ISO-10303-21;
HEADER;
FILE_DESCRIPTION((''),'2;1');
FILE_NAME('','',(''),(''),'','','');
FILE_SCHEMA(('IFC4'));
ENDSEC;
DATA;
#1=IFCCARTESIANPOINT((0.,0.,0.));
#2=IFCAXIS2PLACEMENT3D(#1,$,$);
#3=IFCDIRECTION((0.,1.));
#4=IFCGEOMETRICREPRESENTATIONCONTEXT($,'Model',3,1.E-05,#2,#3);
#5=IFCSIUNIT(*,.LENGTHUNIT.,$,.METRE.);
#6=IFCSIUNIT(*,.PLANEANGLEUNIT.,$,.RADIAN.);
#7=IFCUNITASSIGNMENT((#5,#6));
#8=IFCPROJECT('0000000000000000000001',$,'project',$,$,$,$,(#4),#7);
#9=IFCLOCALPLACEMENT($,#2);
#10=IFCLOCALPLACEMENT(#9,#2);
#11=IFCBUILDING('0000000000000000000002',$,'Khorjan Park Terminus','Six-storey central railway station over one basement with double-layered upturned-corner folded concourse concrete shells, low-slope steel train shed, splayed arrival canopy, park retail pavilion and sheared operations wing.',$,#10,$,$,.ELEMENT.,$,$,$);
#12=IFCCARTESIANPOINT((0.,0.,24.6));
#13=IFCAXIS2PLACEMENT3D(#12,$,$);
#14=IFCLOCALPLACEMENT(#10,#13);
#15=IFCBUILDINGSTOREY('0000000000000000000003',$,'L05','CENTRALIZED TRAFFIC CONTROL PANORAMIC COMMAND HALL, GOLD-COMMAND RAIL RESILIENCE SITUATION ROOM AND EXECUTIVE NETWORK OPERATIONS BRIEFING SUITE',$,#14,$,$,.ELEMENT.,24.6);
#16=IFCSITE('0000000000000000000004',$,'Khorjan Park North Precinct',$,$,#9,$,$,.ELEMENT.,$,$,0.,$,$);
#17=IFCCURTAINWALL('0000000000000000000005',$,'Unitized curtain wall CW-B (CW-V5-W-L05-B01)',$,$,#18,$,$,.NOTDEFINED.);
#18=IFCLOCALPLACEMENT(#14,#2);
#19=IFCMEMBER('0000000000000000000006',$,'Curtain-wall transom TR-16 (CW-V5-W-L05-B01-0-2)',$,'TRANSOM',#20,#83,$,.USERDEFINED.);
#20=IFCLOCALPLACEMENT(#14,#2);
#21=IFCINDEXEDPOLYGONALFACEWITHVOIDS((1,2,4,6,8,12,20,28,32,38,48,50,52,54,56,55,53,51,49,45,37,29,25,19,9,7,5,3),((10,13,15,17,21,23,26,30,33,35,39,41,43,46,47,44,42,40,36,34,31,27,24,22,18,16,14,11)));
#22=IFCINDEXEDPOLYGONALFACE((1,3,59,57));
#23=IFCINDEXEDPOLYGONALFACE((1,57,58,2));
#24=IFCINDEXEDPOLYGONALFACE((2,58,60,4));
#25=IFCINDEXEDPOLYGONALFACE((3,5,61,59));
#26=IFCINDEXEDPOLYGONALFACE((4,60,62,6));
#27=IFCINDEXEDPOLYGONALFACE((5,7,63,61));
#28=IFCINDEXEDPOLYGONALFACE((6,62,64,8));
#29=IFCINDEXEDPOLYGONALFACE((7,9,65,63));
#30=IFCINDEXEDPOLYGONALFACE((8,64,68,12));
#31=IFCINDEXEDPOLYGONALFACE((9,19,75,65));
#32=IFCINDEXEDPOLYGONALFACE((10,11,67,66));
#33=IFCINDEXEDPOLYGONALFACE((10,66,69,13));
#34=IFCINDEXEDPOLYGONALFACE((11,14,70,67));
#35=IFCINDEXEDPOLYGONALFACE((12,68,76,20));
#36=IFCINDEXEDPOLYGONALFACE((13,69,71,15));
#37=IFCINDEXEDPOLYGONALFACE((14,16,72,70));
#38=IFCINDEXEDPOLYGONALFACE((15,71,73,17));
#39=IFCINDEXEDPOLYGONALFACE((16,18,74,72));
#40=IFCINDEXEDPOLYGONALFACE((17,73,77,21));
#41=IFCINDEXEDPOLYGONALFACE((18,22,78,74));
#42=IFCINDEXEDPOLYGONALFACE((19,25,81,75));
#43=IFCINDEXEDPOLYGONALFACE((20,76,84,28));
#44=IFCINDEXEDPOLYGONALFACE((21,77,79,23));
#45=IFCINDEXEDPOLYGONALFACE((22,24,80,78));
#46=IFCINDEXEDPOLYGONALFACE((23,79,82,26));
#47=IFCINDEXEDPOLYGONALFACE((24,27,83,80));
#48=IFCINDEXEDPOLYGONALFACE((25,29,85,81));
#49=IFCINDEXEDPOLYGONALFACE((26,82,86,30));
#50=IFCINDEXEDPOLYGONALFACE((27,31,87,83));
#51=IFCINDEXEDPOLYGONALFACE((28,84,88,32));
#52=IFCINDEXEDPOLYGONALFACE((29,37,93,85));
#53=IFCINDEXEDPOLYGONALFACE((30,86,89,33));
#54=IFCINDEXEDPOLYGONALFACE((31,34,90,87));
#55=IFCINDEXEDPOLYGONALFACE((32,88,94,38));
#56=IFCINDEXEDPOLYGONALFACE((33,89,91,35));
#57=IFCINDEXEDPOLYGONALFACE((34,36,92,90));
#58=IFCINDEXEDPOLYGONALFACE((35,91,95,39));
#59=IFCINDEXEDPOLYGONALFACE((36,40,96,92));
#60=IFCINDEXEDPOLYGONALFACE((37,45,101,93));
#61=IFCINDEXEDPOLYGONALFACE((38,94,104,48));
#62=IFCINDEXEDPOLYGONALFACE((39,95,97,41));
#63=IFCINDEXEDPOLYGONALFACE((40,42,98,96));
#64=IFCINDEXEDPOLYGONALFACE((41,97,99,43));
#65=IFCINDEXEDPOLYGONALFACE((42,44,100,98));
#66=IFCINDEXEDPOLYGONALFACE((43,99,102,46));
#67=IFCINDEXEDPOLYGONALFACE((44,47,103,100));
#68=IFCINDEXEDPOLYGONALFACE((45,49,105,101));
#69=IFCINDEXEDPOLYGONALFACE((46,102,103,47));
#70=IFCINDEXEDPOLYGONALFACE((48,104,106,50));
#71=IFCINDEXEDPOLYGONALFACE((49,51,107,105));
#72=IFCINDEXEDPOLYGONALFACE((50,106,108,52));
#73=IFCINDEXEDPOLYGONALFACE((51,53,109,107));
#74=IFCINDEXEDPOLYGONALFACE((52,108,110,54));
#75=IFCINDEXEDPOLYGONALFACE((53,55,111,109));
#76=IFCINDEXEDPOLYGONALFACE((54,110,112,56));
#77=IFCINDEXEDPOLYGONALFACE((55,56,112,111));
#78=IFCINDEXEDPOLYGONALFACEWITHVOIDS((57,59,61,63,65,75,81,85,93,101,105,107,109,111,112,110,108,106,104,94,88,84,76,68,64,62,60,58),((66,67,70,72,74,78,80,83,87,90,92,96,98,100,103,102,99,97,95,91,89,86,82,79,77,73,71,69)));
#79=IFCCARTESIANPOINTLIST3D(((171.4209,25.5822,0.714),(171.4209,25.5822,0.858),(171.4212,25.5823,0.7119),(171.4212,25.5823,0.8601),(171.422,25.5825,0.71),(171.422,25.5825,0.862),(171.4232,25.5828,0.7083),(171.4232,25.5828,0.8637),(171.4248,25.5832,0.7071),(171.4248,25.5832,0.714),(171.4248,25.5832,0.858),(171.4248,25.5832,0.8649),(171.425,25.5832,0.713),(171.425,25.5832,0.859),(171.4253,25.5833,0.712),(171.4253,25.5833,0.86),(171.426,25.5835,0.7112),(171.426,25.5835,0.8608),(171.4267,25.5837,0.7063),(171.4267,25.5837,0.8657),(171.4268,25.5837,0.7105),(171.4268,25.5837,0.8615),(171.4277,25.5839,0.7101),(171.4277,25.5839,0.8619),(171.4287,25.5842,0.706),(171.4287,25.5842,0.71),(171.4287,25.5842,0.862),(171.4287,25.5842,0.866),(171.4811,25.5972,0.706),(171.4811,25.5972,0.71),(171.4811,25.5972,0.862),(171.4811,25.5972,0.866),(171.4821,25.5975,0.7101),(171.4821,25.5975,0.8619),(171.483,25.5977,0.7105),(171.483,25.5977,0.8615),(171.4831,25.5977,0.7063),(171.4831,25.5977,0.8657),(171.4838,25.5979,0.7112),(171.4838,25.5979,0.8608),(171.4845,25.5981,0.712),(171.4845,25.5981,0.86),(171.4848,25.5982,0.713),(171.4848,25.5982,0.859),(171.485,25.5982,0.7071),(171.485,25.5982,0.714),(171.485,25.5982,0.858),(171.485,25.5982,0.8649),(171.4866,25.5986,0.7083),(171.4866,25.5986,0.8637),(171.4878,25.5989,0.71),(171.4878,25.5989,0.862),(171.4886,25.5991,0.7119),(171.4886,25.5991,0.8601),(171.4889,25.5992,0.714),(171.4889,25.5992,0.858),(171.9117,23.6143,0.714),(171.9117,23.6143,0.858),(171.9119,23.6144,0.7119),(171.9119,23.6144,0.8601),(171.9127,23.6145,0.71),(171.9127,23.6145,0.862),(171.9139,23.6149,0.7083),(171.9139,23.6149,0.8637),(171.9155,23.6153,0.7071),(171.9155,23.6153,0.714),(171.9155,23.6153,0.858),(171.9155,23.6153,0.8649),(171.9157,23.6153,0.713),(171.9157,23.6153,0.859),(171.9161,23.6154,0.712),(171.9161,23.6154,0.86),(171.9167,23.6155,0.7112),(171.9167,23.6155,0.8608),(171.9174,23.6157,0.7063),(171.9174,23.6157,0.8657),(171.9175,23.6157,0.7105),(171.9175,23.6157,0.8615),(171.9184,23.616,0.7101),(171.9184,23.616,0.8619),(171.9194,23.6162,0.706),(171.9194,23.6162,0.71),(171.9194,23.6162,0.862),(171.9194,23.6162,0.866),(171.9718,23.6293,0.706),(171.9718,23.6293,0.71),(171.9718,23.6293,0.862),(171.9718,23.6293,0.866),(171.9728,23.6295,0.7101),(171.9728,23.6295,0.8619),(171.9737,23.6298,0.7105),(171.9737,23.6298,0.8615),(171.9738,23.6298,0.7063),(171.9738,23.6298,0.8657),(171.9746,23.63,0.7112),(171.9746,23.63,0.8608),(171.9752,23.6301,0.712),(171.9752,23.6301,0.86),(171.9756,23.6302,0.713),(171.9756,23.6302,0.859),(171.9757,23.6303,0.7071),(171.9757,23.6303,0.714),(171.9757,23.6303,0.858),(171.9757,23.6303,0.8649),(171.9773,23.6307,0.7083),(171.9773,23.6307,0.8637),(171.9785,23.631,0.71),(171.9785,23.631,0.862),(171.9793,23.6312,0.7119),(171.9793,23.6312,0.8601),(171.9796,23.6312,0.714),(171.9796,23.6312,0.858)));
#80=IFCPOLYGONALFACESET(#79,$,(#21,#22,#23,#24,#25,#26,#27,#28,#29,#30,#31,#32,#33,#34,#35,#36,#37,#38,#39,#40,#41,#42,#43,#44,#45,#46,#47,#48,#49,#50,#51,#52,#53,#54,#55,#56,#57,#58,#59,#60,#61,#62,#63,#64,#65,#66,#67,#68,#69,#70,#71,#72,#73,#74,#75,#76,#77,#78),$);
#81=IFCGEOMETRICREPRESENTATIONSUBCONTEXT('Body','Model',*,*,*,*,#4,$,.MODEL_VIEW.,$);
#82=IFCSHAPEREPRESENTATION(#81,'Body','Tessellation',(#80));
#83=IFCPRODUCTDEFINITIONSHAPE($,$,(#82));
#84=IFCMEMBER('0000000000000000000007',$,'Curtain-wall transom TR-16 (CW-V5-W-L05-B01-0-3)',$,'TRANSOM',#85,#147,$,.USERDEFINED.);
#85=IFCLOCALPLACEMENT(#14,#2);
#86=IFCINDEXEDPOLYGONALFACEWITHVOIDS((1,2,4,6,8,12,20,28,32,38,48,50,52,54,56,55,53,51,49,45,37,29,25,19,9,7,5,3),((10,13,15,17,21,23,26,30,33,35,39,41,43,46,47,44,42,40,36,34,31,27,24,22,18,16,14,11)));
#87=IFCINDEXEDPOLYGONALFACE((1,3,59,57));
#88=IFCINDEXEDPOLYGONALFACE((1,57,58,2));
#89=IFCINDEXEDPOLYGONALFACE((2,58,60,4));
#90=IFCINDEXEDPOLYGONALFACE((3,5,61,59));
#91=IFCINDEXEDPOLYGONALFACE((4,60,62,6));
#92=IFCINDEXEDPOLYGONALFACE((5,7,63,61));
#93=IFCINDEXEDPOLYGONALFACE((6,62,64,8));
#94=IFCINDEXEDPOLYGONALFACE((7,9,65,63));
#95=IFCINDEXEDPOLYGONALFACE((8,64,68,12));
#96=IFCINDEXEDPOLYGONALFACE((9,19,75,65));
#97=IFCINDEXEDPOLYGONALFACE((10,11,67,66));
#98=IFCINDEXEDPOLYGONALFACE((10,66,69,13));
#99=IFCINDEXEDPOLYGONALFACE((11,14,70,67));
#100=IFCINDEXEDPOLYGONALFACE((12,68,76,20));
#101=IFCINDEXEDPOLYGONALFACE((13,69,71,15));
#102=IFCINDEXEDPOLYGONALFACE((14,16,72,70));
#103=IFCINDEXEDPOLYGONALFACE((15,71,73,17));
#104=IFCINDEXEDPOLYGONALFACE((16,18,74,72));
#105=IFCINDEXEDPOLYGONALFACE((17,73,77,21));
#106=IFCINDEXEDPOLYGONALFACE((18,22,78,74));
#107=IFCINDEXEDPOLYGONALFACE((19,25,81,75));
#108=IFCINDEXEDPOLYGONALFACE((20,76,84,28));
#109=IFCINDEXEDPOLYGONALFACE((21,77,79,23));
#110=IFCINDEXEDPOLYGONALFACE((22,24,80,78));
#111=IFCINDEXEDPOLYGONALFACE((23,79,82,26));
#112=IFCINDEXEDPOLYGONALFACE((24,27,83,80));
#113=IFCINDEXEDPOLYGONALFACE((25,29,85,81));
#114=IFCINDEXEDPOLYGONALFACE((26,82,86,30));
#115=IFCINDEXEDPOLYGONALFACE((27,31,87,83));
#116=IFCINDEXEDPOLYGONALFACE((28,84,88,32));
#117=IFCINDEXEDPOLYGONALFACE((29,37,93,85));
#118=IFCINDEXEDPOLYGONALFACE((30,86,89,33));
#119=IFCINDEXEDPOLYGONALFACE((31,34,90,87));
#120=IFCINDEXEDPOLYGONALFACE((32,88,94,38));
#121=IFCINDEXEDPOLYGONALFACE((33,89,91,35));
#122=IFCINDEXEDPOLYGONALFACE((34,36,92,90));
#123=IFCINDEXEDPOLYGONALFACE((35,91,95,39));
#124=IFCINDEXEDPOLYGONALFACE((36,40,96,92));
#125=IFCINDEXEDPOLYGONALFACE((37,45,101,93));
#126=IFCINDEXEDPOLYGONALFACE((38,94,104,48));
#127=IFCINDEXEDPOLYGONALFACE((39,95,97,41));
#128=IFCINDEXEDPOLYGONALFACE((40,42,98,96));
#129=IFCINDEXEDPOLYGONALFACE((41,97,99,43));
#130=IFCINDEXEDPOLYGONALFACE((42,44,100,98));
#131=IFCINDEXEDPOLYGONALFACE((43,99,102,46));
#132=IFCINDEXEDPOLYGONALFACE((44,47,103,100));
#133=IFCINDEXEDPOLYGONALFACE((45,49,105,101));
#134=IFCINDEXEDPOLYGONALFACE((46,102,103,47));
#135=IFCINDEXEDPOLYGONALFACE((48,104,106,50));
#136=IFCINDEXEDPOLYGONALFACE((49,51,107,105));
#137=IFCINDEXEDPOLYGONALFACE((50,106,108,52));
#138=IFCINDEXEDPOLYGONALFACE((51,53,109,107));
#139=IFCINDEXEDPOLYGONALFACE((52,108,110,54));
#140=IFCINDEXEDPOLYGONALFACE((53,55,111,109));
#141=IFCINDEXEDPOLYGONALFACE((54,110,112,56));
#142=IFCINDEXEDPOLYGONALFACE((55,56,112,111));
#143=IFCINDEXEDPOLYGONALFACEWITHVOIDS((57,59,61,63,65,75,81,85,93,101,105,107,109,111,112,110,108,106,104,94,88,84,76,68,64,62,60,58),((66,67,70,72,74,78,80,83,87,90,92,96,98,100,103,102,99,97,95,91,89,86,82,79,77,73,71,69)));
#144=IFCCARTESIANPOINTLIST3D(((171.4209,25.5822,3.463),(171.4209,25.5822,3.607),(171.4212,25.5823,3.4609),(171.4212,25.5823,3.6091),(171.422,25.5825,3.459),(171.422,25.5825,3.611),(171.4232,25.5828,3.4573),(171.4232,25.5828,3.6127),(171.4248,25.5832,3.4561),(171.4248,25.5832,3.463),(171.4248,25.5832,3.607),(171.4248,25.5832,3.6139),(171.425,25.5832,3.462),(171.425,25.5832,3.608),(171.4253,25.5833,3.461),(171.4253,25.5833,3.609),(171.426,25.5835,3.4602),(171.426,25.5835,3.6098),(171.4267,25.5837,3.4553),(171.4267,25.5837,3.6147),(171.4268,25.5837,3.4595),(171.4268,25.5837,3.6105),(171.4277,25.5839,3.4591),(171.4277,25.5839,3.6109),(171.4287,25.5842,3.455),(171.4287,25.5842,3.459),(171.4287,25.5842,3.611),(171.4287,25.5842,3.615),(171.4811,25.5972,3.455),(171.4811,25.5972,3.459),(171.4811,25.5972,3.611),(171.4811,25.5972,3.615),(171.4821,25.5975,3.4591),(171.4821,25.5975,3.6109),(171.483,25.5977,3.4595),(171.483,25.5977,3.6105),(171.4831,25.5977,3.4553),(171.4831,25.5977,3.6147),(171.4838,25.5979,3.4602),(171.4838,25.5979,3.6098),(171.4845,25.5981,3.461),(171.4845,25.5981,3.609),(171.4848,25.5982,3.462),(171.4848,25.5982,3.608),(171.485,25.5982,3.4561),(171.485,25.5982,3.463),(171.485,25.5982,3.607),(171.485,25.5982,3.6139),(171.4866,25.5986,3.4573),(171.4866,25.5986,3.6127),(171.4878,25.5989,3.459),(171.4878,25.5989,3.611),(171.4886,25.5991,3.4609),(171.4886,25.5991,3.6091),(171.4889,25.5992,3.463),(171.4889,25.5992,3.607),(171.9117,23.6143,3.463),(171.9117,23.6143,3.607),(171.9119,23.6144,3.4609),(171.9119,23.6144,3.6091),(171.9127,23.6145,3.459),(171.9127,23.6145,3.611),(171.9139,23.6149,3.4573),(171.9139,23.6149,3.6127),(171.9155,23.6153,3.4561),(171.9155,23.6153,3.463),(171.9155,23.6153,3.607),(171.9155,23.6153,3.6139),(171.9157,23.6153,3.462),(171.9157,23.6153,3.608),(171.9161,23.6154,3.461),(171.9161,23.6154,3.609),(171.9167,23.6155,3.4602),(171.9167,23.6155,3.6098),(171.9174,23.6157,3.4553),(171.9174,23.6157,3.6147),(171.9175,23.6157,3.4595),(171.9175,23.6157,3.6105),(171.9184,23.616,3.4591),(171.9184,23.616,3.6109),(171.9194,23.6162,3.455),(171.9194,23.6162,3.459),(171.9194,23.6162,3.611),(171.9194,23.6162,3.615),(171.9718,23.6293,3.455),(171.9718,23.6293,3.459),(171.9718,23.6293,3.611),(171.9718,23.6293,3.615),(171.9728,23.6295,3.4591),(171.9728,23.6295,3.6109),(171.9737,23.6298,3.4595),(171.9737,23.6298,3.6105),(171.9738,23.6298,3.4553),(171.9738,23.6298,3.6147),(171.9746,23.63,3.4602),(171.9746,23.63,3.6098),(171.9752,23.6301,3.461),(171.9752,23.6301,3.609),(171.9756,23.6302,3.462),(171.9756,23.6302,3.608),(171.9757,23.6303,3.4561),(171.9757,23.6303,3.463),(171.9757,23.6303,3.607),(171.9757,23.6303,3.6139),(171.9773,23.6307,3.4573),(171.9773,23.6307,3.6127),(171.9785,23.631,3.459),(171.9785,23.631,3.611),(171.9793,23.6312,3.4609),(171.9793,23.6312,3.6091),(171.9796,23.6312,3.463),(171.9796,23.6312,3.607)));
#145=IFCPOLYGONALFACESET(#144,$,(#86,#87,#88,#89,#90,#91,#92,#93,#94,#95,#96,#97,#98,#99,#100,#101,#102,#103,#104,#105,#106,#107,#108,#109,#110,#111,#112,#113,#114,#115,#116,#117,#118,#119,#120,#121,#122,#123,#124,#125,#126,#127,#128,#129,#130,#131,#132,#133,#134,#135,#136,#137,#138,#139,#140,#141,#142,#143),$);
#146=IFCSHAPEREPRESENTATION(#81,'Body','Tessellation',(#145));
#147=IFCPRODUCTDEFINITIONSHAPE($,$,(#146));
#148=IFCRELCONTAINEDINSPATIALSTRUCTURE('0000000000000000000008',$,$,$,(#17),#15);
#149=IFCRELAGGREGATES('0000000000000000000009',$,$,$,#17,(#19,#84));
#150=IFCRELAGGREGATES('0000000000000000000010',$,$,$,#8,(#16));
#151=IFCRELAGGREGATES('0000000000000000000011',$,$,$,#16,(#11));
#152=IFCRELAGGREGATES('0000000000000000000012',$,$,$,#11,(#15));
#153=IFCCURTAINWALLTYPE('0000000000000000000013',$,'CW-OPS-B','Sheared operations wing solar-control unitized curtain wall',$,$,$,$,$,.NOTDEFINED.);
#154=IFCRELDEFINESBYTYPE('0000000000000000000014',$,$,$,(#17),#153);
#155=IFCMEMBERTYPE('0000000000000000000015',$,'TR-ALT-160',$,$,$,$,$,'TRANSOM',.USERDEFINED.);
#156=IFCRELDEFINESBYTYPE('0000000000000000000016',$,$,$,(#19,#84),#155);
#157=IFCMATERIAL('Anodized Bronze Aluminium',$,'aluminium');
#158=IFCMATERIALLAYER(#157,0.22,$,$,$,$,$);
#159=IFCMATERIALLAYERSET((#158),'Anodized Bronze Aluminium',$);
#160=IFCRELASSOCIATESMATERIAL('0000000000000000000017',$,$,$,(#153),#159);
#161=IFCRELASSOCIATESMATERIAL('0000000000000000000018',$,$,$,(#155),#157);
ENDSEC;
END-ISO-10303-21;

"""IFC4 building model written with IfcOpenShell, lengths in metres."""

from ifc_helpers import new_model, si_unit, direction, frame, origin, origin_2d, place, context, subcontext, project, spatial, hollow_rectangle, extrude, material, layer, layer_set, material_profile, profile_set, type_object, element, aggregate, save


model = new_model("IFC4")

# Units and contexts
model_context = context("Model", 3, precision=1e-05, world=origin(), true_north=direction((0.0, 1.0)))
body_context = subcontext(model_context, "Body", "Model", "MODEL_VIEW")
ifc_project = project(units=[si_unit("LENGTHUNIT", "METRE"), si_unit("PLANEANGLEUNIT", "RADIAN")], contexts=[model_context])

# Site, building, storey
site_placement = place(None, origin())
site = spatial("IfcSite", under=ifc_project, at=site_placement, Name="Khorjan Park North Precinct", CompositionType="ELEMENT", RefElevation=0.0)
building_placement = place(site_placement, origin())
building = spatial("IfcBuilding", under=site, at=building_placement, Name="Khorjan Park Terminus", Description="Six-storey central railway station over one basement with double-layered upturned-corner folded concourse concrete shells, low-slope steel train shed, splayed arrival canopy, park retail pavilion and sheared operations wing.", CompositionType="ELEMENT")
storey_placement = place(building_placement, frame((0.0, 0.0, 24.6)))
storey = spatial("IfcBuildingStorey", under=building, at=storey_placement, Name="L05", Description="CENTRALIZED TRAFFIC CONTROL PANORAMIC COMMAND HALL, GOLD-COMMAND RAIL RESILIENCE SITUATION ROOM AND EXECUTIVE NETWORK OPERATIONS BRIEFING SUITE", CompositionType="ELEMENT", Elevation=24.6)

# Shared definitions
ifc_material_1 = material(Name="Anodized Bronze Aluminium", Category="aluminium")
ifc_layer_1 = layer(ifc_material_1, 0.22)
ifc_layer_set_1 = layer_set([ifc_layer_1], Name="Anodized Bronze Aluminium")
curtain_wall_type = type_object("IfcCurtainWallType", Name="CW-OPS-B", Description="Sheared operations wing solar-control unitized curtain wall", PredefinedType="NOTDEFINED", material=ifc_layer_set_1)

# Curtain wall, members
curtain_wall_1_placement = place(storey_placement, origin())
curtain_wall_1 = element("IfcCurtainWall", 1, at=curtain_wall_1_placement, inside=storey, type_object=curtain_wall_type, Name="Unitized curtain wall CW-B (CW-V5-W-L05-B01)", PredefinedType="NOTDEFINED")
ifc_material_profile_1 = material_profile(ifc_material_1, hollow_rectangle(XDim=0.07, YDim=0.16, WallThickness=0.004, InnerFilletRadius=0.004, OuterFilletRadius=0.008, at=origin_2d()), Name="ALT 70x160x4")
ifc_profile_set_1 = profile_set([ifc_material_profile_1], Name="Anodized Bronze Aluminium")
member_type_1 = type_object("IfcMemberType", Name="TR-ALT-160", ElementType="TRANSOM", PredefinedType="USERDEFINED", material=ifc_profile_set_1)
member_1_placement = place(storey_placement, frame((171.4549, 25.5907, 0.786), z_axis=(0.241944, -0.97029, 0.0), x_axis=(0.97029, 0.241944, 0.0)))
member_1 = element("IfcMember", 2, at=member_1_placement, type_object=member_type_1, Name="Curtain-wall transom TR-16 (CW-V5-W-L05-B01-0-2)", ObjectType="TRANSOM", PredefinedType="USERDEFINED", context=body_context, shape_type="SweptSolid", body=[
    extrude(hollow_rectangle(XDim=0.07, YDim=0.16, WallThickness=0.004, InnerFilletRadius=0.004, OuterFilletRadius=0.008, at=origin_2d()), origin(), (0.0, 0.0, 1.0), 2.0282),
])
member_2_placement = place(storey_placement, frame((171.4549, 25.5907, 3.535), z_axis=(0.241944, -0.97029, 0.0), x_axis=(0.97029, 0.241944, 0.0)))
member_2 = element("IfcMember", 3, at=member_2_placement, type_object=member_type_1, Name="Curtain-wall transom TR-16 (CW-V5-W-L05-B01-0-3)", ObjectType="TRANSOM", PredefinedType="USERDEFINED", context=body_context, shape_type="SweptSolid", body=[
    extrude(hollow_rectangle(XDim=0.07, YDim=0.16, WallThickness=0.004, InnerFilletRadius=0.004, OuterFilletRadius=0.008, at=origin_2d()), origin(), (0.0, 0.0, 1.0), 2.0282),
])

aggregate(curtain_wall_1, [member_1, member_2])

save(model, "model.ifc")
